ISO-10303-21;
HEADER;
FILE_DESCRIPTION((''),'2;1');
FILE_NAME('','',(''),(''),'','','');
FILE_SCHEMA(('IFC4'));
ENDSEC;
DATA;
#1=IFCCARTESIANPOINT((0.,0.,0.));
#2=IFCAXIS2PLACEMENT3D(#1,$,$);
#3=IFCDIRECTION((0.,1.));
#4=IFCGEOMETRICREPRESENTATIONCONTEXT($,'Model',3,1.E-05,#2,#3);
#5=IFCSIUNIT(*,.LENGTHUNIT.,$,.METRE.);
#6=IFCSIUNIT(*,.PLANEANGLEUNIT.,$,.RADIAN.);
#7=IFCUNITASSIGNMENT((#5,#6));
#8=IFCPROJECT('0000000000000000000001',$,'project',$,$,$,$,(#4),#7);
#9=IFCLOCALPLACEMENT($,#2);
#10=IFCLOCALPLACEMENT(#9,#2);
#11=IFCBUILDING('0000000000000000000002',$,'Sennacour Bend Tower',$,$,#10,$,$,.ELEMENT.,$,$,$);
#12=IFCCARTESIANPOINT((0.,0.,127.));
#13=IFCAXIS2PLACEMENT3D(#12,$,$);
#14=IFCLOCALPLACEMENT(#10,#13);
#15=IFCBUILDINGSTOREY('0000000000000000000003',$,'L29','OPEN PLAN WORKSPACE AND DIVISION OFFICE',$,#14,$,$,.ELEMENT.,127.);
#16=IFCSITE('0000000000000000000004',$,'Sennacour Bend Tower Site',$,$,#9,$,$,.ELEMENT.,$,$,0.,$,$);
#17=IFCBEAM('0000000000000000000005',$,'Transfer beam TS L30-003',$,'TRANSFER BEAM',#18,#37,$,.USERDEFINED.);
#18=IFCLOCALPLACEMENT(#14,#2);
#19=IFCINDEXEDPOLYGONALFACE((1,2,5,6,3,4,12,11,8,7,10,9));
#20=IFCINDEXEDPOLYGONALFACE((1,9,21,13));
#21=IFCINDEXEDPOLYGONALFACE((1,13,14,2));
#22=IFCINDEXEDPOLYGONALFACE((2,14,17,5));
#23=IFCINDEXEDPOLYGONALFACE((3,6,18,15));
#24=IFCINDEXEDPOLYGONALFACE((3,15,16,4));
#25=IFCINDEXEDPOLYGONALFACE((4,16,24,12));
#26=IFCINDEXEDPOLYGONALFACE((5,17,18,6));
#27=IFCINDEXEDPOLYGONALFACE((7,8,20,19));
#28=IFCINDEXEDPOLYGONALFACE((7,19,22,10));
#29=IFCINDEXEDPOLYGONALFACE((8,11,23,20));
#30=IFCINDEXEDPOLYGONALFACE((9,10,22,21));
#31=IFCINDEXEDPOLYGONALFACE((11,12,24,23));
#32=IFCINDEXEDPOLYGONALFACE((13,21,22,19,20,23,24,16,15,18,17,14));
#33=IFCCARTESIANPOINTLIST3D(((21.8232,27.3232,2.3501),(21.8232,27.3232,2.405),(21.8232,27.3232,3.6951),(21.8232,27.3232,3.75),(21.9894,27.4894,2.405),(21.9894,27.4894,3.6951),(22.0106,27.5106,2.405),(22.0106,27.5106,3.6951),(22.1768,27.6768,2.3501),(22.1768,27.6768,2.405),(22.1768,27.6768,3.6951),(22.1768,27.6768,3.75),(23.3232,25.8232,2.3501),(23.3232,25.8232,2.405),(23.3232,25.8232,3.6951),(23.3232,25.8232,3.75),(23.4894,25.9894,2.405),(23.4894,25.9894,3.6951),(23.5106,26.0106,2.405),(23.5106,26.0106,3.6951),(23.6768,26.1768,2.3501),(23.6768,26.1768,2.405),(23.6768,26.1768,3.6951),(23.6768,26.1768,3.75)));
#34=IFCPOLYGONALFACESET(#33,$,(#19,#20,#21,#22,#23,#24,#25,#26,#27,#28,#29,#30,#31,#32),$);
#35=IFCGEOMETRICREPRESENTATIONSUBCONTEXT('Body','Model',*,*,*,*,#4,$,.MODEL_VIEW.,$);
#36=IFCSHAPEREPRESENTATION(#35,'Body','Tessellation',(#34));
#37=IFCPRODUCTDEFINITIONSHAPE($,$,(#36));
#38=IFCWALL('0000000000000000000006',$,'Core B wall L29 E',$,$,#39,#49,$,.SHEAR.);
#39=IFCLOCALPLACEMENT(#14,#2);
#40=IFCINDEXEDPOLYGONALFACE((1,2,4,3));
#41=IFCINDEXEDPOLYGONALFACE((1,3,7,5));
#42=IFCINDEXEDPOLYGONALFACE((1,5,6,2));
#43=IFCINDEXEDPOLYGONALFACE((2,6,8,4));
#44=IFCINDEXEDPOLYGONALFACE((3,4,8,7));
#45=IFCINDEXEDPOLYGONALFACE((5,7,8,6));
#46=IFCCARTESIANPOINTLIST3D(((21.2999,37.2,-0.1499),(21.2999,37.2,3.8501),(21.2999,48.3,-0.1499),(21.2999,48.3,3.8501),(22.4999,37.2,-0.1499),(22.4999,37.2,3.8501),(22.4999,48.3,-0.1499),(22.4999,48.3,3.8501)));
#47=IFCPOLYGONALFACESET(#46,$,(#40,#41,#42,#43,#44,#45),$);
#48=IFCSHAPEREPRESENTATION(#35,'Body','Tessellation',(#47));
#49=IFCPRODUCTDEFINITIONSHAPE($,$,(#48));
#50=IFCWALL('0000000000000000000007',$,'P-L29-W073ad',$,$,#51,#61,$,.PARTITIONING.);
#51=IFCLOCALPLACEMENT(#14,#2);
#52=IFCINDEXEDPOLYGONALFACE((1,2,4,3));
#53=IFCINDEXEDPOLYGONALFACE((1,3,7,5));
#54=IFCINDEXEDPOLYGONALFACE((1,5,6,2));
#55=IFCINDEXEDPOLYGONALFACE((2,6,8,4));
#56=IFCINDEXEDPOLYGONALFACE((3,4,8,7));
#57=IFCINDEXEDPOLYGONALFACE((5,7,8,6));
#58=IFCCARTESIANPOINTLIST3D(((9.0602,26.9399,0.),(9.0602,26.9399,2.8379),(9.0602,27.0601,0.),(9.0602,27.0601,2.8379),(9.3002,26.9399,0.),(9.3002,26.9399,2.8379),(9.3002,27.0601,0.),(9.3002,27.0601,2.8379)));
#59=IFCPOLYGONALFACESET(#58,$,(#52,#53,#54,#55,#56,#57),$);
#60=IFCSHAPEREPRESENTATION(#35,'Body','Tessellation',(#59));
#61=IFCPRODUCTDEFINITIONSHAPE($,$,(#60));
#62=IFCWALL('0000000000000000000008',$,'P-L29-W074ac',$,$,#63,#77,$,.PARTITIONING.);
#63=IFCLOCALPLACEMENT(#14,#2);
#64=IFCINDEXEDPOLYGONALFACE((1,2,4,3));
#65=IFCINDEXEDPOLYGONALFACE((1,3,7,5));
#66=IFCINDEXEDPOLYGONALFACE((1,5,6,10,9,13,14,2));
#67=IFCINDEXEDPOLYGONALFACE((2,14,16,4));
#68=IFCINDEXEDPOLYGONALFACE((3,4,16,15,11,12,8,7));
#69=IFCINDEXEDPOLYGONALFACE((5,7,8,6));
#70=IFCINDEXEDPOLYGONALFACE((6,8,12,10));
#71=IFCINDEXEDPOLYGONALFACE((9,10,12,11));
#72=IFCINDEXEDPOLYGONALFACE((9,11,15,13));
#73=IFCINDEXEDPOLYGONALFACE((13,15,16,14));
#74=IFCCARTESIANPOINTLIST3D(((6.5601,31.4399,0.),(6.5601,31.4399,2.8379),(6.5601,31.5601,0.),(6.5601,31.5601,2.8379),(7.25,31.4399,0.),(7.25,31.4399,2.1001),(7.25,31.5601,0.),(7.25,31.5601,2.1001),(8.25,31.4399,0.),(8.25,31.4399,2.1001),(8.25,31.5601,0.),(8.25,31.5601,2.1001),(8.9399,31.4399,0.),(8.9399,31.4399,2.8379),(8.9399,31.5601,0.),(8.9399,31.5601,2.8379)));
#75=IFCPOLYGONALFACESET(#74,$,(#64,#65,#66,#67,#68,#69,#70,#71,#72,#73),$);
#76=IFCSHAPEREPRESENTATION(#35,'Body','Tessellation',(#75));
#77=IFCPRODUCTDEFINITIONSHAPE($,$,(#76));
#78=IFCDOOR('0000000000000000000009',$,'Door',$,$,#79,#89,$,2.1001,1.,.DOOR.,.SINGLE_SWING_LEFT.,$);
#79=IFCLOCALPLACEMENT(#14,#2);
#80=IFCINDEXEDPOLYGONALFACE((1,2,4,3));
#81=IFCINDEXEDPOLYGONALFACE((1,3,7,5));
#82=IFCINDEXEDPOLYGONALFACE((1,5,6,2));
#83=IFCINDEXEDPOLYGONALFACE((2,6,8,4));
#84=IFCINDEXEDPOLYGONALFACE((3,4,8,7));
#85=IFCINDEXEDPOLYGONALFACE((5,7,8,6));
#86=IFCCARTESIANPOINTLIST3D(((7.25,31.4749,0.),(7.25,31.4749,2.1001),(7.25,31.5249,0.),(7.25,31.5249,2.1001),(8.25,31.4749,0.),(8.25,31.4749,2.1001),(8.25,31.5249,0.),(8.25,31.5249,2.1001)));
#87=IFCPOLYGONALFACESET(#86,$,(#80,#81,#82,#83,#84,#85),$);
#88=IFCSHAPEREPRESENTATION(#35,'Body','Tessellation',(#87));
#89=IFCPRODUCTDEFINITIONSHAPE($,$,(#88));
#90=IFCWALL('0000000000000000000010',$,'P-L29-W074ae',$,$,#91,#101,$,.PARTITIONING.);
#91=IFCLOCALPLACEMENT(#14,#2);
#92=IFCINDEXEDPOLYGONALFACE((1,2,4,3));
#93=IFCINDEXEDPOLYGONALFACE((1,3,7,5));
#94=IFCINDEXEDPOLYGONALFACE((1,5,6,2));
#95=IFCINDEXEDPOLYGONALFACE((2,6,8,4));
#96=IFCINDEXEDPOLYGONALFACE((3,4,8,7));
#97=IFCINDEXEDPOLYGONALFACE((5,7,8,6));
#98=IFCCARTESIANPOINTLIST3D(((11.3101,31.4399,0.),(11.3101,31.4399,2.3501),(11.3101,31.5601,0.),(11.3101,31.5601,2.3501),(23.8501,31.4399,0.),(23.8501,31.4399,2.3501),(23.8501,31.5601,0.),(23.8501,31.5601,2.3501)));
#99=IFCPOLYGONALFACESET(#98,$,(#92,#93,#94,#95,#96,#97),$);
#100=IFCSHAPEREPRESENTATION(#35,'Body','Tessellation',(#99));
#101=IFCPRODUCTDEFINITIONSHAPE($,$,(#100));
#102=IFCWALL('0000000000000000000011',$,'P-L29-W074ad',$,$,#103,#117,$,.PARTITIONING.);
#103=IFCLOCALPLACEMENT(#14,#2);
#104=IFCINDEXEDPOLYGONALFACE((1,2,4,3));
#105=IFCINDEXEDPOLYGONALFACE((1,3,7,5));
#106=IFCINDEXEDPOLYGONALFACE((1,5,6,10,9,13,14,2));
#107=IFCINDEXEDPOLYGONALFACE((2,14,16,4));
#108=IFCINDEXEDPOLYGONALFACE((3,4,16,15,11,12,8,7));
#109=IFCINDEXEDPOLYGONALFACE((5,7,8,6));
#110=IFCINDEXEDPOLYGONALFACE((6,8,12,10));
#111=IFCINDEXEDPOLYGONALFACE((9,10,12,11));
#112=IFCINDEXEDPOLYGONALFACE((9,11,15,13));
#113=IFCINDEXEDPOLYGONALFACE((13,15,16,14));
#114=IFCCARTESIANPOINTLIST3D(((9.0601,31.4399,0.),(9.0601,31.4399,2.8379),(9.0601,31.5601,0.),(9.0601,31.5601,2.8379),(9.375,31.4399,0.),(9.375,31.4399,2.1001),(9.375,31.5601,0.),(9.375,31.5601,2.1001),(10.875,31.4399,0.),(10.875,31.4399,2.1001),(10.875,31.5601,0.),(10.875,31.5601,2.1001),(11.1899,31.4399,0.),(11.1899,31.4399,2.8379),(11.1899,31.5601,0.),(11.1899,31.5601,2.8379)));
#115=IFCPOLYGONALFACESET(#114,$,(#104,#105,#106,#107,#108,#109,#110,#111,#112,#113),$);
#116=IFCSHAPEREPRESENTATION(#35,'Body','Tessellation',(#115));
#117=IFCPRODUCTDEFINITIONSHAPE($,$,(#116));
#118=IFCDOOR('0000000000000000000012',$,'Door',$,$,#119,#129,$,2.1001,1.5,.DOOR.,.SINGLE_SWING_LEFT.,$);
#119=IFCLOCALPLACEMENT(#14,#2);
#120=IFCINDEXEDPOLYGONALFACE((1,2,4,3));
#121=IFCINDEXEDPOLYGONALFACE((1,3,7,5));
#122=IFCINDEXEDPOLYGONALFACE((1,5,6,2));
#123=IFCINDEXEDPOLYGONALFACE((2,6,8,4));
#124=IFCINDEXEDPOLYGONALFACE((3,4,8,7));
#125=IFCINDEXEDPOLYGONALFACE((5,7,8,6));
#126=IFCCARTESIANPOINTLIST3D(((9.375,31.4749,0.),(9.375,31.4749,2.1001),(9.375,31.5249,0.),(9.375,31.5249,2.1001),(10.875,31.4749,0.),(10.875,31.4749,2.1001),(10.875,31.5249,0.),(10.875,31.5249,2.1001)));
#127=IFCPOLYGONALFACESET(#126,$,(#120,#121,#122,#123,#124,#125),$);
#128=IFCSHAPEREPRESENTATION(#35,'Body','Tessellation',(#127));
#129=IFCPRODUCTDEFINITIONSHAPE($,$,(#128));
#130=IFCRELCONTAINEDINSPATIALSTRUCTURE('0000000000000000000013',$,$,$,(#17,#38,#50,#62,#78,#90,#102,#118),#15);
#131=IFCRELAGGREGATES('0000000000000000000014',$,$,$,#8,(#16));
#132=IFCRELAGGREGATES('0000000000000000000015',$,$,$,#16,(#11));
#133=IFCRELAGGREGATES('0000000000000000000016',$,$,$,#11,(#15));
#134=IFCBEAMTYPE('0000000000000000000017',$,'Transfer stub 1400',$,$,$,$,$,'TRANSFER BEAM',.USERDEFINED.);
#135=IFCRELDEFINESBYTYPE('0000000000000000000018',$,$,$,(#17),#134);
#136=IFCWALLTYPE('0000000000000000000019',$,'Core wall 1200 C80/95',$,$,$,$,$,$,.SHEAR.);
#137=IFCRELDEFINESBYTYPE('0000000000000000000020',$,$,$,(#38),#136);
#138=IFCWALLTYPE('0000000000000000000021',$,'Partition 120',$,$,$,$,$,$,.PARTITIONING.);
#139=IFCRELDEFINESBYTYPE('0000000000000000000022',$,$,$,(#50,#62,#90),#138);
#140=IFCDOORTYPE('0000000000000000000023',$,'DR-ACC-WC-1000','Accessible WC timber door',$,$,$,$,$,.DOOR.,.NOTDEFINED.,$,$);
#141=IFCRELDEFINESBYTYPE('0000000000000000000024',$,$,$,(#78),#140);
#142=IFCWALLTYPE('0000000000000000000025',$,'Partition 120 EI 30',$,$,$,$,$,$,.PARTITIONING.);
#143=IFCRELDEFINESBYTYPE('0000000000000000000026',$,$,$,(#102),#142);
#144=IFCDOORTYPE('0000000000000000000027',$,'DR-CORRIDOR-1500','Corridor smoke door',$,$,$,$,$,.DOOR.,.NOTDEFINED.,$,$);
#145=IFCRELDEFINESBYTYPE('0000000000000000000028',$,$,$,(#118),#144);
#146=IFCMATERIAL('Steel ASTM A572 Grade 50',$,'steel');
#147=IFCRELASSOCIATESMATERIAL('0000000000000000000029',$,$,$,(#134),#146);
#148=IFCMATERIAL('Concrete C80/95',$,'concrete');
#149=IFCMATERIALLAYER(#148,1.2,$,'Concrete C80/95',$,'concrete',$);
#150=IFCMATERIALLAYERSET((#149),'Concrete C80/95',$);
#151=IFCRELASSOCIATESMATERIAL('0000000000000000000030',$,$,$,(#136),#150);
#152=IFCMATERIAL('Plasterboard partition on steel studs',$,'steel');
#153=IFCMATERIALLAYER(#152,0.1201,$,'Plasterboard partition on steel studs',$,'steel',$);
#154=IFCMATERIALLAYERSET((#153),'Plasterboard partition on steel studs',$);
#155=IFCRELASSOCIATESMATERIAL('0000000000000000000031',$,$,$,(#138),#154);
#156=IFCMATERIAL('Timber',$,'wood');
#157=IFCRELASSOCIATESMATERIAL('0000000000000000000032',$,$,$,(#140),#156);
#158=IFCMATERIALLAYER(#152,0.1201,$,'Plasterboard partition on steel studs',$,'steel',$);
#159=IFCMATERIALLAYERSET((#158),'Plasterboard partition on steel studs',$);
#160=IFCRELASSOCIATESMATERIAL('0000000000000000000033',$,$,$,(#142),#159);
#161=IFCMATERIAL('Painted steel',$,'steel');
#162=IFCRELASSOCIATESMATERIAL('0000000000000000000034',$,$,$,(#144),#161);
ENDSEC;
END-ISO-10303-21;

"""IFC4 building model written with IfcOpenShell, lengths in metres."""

from ifc_helpers import new_model, si_unit, direction, frame, frame_2d, origin, origin_2d, place, context, subcontext, project, spatial, rectangle, i_section, extrude, material, layer, layer_set, material_profile, profile_set, type_object, element, fill, save


model = new_model("IFC4")

# Units and contexts
model_context = context("Model", 3, precision=1e-05, world=origin(), true_north=direction((0.0, 1.0)))
body_context = subcontext(model_context, "Body", "Model", "MODEL_VIEW")
ifc_project = project(units=[si_unit("LENGTHUNIT", "METRE"), si_unit("PLANEANGLEUNIT", "RADIAN")], contexts=[model_context])

# Site, building, storey
site_placement = place(None, origin())
site = spatial("IfcSite", under=ifc_project, at=site_placement, Name="Sennacour Bend Tower Site", CompositionType="ELEMENT", RefElevation=0.0)
building_placement = place(site_placement, origin())
building = spatial("IfcBuilding", under=site, at=building_placement, Name="Sennacour Bend Tower", CompositionType="ELEMENT")
storey_placement = place(building_placement, frame((0.0, 0.0, 127.0)))
storey = spatial("IfcBuildingStorey", under=building, at=storey_placement, Name="L29", Description="OPEN PLAN WORKSPACE AND DIVISION OFFICE", CompositionType="ELEMENT", Elevation=127.0)

# Beam
ifc_material_1 = material(Name="Steel ASTM A572 Grade 50", Category="steel")
ifc_material_profile_1 = material_profile(ifc_material_1, i_section(OverallWidth=0.5, OverallDepth=1.3999, WebThickness=0.03, FlangeThickness=0.0549, at=origin_2d()), Name="Steel ASTM A572 Grade 50", Category="steel")
ifc_profile_set_1 = profile_set([ifc_material_profile_1], Name="Steel ASTM A572 Grade 50")
beam_type_1 = type_object("IfcBeamType", Name="Transfer stub 1400", ElementType="TRANSFER BEAM", PredefinedType="USERDEFINED", material=ifc_profile_set_1)
beam_1_placement = place(storey_placement, frame((23.5, 26.0, 3.05), z_axis=(-0.707107, 0.707107, 0.0), x_axis=(-0.707107, -0.707107, 0.0)))
element("IfcBeam", 1, at=beam_1_placement, inside=storey, type_object=beam_type_1, Name="Transfer beam TS L30-003", ObjectType="TRANSFER BEAM", PredefinedType="USERDEFINED", context=body_context, shape_type="SweptSolid", body=[
    extrude(i_section(OverallWidth=0.5, OverallDepth=1.3999, WebThickness=0.03, FlangeThickness=0.0549, at=origin_2d()), origin(), (0.0, 0.0, 1.0), 2.1213),
])

# Walls
ifc_material_2 = material(Name="Concrete C80/95", Category="concrete")
ifc_layer_1 = layer(ifc_material_2, 1.2, Name="Concrete C80/95", Category="concrete")
ifc_layer_set_1 = layer_set([ifc_layer_1], Name="Concrete C80/95")
wall_type_1 = type_object("IfcWallType", Name="Core wall 1200 C80/95", PredefinedType="SHEAR", material=ifc_layer_set_1)
wall_1_placement = place(storey_placement, frame((21.8999, 37.2, -0.1499), z_axis=(0.0, 0.0, 1.0), x_axis=(0.0, 1.0, 0.0)))
element("IfcWall", 2, at=wall_1_placement, inside=storey, type_object=wall_type_1, Name="Core B wall L29 E", PredefinedType="SHEAR", context=body_context, shape_type="SweptSolid", body=[
    extrude(rectangle(XDim=11.1001, YDim=1.2, at=frame_2d((5.55, 0.0))), origin(), (0.0, 0.0, 1.0), 4.0),
])
ifc_material_3 = material(Name="Plasterboard partition on steel studs", Category="steel")
ifc_layer_2 = layer(ifc_material_3, 0.1201, Name="Plasterboard partition on steel studs", Category="steel")
ifc_layer_set_2 = layer_set([ifc_layer_2], Name="Plasterboard partition on steel studs")
wall_type_2 = type_object("IfcWallType", Name="Partition 120", PredefinedType="PARTITIONING", material=ifc_layer_set_2)
wall_2_placement = place(storey_placement, frame((9.0601, 27.0, 0.0), z_axis=(0.0, 0.0, 1.0), x_axis=(1.0, 0.0, 0.0)))
element("IfcWall", 3, at=wall_2_placement, inside=storey, type_object=wall_type_2, Name="P-L29-W073ad", PredefinedType="PARTITIONING", context=body_context, shape_type="SweptSolid", body=[
    extrude(rectangle(XDim=0.24, YDim=0.1201, at=frame_2d((0.1201, 0.0))), origin(), (0.0, 0.0, 1.0), 2.8379),
])

# Wall, opening, door
wall_3_placement = place(storey_placement, frame((6.5601, 31.5, 0.0), z_axis=(0.0, 0.0, 1.0), x_axis=(1.0, 0.0, 0.0)))
wall_3 = element("IfcWall", 4, at=wall_3_placement, inside=storey, type_object=wall_type_2, Name="P-L29-W074ac", PredefinedType="PARTITIONING", context=body_context, shape_type="SweptSolid", body=[
    extrude(rectangle(XDim=2.3799, YDim=0.1201, at=frame_2d((1.1899, 0.0))), origin(), (0.0, 0.0, 1.0), 2.8379),
])
opening_1_placement = place(wall_3_placement, frame((0.6899, 0.0, 0.0)))
opening_1 = element("IfcOpeningElement", 5, at=opening_1_placement, cuts=wall_3, PredefinedType="OPENING", context=body_context, shape_type="SweptSolid", body=[
    extrude(rectangle(XDim=1.0, YDim=2.1001, at=frame_2d((0.5, 1.05))), frame((0.0, 0.0701, 0.0), z_axis=(0.0, -1.0, 0.0), x_axis=(1.0, 0.0, 0.0)), (0.0, 0.0, 1.0), 0.1401),
])
ifc_material_4 = material(Name="Timber", Category="wood")
door_type_1 = type_object("IfcDoorType", Name="DR-ACC-WC-1000", Description="Accessible WC timber door", OperationType="NOTDEFINED", PredefinedType="DOOR", material=ifc_material_4)
door_1_placement = place(opening_1_placement, origin())
door_1 = element("IfcDoor", 6, at=door_1_placement, inside=storey, type_object=door_type_1, Name="Door", OperationType="SINGLE_SWING_LEFT", OverallHeight=2.1001, OverallWidth=1.0, PredefinedType="DOOR", context=body_context, shape_type="SweptSolid", body=[
    extrude(rectangle(XDim=1.0, YDim=2.1001, at=frame_2d((0.5, 1.05))), frame((0.0, 0.0249, 0.0), z_axis=(0.0, -1.0, 0.0), x_axis=(1.0, 0.0, 0.0)), (0.0, 0.0, 1.0), 0.05),
])
fill(opening_1, door_1)

# Wall
wall_4_placement = place(storey_placement, frame((11.3101, 31.5, 0.0), z_axis=(0.0, 0.0, 1.0), x_axis=(1.0, 0.0, 0.0)))
element("IfcWall", 7, at=wall_4_placement, inside=storey, type_object=wall_type_2, Name="P-L29-W074ae", PredefinedType="PARTITIONING", context=body_context, shape_type="SweptSolid", body=[
    extrude(rectangle(XDim=12.54, YDim=0.1201, at=frame_2d((6.27, 0.0))), origin(), (0.0, 0.0, 1.0), 2.3501),
])

# Wall, opening, door
ifc_layer_3 = layer(ifc_material_3, 0.1201, Name="Plasterboard partition on steel studs", Category="steel")
ifc_layer_set_3 = layer_set([ifc_layer_3], Name="Plasterboard partition on steel studs")
wall_type_3 = type_object("IfcWallType", Name="Partition 120 EI 30", PredefinedType="PARTITIONING", material=ifc_layer_set_3)
wall_5_placement = place(storey_placement, frame((9.0601, 31.5, 0.0), z_axis=(0.0, 0.0, 1.0), x_axis=(1.0, 0.0, 0.0)))
wall_5 = element("IfcWall", 8, at=wall_5_placement, inside=storey, type_object=wall_type_3, Name="P-L29-W074ad", PredefinedType="PARTITIONING", context=body_context, shape_type="SweptSolid", body=[
    extrude(rectangle(XDim=2.1299, YDim=0.1201, at=frame_2d((1.0649, 0.0))), origin(), (0.0, 0.0, 1.0), 2.8379),
])
opening_2_placement = place(wall_5_placement, frame((0.3149, 0.0, 0.0)))
opening_2 = element("IfcOpeningElement", 9, at=opening_2_placement, cuts=wall_5, PredefinedType="OPENING", context=body_context, shape_type="SweptSolid", body=[
    extrude(rectangle(XDim=1.5, YDim=2.1001, at=frame_2d((0.75, 1.05))), frame((0.0, 0.0701, 0.0), z_axis=(0.0, -1.0, 0.0), x_axis=(1.0, 0.0, 0.0)), (0.0, 0.0, 1.0), 0.1401),
])
ifc_material_5 = material(Name="Painted steel", Category="steel")
door_type_2 = type_object("IfcDoorType", Name="DR-CORRIDOR-1500", Description="Corridor smoke door", OperationType="NOTDEFINED", PredefinedType="DOOR", material=ifc_material_5)
door_2_placement = place(opening_2_placement, origin())
door_2 = element("IfcDoor", 10, at=door_2_placement, inside=storey, type_object=door_type_2, Name="Door", OperationType="SINGLE_SWING_LEFT", OverallHeight=2.1001, OverallWidth=1.5, PredefinedType="DOOR", context=body_context, shape_type="SweptSolid", body=[
    extrude(rectangle(XDim=1.5, YDim=2.1001, at=frame_2d((0.75, 1.05))), frame((0.0, 0.0249, 0.0), z_axis=(0.0, -1.0, 0.0), x_axis=(1.0, 0.0, 0.0)), (0.0, 0.0, 1.0), 0.05),
])
fill(opening_2, door_2)

save(model, "model.ifc")
